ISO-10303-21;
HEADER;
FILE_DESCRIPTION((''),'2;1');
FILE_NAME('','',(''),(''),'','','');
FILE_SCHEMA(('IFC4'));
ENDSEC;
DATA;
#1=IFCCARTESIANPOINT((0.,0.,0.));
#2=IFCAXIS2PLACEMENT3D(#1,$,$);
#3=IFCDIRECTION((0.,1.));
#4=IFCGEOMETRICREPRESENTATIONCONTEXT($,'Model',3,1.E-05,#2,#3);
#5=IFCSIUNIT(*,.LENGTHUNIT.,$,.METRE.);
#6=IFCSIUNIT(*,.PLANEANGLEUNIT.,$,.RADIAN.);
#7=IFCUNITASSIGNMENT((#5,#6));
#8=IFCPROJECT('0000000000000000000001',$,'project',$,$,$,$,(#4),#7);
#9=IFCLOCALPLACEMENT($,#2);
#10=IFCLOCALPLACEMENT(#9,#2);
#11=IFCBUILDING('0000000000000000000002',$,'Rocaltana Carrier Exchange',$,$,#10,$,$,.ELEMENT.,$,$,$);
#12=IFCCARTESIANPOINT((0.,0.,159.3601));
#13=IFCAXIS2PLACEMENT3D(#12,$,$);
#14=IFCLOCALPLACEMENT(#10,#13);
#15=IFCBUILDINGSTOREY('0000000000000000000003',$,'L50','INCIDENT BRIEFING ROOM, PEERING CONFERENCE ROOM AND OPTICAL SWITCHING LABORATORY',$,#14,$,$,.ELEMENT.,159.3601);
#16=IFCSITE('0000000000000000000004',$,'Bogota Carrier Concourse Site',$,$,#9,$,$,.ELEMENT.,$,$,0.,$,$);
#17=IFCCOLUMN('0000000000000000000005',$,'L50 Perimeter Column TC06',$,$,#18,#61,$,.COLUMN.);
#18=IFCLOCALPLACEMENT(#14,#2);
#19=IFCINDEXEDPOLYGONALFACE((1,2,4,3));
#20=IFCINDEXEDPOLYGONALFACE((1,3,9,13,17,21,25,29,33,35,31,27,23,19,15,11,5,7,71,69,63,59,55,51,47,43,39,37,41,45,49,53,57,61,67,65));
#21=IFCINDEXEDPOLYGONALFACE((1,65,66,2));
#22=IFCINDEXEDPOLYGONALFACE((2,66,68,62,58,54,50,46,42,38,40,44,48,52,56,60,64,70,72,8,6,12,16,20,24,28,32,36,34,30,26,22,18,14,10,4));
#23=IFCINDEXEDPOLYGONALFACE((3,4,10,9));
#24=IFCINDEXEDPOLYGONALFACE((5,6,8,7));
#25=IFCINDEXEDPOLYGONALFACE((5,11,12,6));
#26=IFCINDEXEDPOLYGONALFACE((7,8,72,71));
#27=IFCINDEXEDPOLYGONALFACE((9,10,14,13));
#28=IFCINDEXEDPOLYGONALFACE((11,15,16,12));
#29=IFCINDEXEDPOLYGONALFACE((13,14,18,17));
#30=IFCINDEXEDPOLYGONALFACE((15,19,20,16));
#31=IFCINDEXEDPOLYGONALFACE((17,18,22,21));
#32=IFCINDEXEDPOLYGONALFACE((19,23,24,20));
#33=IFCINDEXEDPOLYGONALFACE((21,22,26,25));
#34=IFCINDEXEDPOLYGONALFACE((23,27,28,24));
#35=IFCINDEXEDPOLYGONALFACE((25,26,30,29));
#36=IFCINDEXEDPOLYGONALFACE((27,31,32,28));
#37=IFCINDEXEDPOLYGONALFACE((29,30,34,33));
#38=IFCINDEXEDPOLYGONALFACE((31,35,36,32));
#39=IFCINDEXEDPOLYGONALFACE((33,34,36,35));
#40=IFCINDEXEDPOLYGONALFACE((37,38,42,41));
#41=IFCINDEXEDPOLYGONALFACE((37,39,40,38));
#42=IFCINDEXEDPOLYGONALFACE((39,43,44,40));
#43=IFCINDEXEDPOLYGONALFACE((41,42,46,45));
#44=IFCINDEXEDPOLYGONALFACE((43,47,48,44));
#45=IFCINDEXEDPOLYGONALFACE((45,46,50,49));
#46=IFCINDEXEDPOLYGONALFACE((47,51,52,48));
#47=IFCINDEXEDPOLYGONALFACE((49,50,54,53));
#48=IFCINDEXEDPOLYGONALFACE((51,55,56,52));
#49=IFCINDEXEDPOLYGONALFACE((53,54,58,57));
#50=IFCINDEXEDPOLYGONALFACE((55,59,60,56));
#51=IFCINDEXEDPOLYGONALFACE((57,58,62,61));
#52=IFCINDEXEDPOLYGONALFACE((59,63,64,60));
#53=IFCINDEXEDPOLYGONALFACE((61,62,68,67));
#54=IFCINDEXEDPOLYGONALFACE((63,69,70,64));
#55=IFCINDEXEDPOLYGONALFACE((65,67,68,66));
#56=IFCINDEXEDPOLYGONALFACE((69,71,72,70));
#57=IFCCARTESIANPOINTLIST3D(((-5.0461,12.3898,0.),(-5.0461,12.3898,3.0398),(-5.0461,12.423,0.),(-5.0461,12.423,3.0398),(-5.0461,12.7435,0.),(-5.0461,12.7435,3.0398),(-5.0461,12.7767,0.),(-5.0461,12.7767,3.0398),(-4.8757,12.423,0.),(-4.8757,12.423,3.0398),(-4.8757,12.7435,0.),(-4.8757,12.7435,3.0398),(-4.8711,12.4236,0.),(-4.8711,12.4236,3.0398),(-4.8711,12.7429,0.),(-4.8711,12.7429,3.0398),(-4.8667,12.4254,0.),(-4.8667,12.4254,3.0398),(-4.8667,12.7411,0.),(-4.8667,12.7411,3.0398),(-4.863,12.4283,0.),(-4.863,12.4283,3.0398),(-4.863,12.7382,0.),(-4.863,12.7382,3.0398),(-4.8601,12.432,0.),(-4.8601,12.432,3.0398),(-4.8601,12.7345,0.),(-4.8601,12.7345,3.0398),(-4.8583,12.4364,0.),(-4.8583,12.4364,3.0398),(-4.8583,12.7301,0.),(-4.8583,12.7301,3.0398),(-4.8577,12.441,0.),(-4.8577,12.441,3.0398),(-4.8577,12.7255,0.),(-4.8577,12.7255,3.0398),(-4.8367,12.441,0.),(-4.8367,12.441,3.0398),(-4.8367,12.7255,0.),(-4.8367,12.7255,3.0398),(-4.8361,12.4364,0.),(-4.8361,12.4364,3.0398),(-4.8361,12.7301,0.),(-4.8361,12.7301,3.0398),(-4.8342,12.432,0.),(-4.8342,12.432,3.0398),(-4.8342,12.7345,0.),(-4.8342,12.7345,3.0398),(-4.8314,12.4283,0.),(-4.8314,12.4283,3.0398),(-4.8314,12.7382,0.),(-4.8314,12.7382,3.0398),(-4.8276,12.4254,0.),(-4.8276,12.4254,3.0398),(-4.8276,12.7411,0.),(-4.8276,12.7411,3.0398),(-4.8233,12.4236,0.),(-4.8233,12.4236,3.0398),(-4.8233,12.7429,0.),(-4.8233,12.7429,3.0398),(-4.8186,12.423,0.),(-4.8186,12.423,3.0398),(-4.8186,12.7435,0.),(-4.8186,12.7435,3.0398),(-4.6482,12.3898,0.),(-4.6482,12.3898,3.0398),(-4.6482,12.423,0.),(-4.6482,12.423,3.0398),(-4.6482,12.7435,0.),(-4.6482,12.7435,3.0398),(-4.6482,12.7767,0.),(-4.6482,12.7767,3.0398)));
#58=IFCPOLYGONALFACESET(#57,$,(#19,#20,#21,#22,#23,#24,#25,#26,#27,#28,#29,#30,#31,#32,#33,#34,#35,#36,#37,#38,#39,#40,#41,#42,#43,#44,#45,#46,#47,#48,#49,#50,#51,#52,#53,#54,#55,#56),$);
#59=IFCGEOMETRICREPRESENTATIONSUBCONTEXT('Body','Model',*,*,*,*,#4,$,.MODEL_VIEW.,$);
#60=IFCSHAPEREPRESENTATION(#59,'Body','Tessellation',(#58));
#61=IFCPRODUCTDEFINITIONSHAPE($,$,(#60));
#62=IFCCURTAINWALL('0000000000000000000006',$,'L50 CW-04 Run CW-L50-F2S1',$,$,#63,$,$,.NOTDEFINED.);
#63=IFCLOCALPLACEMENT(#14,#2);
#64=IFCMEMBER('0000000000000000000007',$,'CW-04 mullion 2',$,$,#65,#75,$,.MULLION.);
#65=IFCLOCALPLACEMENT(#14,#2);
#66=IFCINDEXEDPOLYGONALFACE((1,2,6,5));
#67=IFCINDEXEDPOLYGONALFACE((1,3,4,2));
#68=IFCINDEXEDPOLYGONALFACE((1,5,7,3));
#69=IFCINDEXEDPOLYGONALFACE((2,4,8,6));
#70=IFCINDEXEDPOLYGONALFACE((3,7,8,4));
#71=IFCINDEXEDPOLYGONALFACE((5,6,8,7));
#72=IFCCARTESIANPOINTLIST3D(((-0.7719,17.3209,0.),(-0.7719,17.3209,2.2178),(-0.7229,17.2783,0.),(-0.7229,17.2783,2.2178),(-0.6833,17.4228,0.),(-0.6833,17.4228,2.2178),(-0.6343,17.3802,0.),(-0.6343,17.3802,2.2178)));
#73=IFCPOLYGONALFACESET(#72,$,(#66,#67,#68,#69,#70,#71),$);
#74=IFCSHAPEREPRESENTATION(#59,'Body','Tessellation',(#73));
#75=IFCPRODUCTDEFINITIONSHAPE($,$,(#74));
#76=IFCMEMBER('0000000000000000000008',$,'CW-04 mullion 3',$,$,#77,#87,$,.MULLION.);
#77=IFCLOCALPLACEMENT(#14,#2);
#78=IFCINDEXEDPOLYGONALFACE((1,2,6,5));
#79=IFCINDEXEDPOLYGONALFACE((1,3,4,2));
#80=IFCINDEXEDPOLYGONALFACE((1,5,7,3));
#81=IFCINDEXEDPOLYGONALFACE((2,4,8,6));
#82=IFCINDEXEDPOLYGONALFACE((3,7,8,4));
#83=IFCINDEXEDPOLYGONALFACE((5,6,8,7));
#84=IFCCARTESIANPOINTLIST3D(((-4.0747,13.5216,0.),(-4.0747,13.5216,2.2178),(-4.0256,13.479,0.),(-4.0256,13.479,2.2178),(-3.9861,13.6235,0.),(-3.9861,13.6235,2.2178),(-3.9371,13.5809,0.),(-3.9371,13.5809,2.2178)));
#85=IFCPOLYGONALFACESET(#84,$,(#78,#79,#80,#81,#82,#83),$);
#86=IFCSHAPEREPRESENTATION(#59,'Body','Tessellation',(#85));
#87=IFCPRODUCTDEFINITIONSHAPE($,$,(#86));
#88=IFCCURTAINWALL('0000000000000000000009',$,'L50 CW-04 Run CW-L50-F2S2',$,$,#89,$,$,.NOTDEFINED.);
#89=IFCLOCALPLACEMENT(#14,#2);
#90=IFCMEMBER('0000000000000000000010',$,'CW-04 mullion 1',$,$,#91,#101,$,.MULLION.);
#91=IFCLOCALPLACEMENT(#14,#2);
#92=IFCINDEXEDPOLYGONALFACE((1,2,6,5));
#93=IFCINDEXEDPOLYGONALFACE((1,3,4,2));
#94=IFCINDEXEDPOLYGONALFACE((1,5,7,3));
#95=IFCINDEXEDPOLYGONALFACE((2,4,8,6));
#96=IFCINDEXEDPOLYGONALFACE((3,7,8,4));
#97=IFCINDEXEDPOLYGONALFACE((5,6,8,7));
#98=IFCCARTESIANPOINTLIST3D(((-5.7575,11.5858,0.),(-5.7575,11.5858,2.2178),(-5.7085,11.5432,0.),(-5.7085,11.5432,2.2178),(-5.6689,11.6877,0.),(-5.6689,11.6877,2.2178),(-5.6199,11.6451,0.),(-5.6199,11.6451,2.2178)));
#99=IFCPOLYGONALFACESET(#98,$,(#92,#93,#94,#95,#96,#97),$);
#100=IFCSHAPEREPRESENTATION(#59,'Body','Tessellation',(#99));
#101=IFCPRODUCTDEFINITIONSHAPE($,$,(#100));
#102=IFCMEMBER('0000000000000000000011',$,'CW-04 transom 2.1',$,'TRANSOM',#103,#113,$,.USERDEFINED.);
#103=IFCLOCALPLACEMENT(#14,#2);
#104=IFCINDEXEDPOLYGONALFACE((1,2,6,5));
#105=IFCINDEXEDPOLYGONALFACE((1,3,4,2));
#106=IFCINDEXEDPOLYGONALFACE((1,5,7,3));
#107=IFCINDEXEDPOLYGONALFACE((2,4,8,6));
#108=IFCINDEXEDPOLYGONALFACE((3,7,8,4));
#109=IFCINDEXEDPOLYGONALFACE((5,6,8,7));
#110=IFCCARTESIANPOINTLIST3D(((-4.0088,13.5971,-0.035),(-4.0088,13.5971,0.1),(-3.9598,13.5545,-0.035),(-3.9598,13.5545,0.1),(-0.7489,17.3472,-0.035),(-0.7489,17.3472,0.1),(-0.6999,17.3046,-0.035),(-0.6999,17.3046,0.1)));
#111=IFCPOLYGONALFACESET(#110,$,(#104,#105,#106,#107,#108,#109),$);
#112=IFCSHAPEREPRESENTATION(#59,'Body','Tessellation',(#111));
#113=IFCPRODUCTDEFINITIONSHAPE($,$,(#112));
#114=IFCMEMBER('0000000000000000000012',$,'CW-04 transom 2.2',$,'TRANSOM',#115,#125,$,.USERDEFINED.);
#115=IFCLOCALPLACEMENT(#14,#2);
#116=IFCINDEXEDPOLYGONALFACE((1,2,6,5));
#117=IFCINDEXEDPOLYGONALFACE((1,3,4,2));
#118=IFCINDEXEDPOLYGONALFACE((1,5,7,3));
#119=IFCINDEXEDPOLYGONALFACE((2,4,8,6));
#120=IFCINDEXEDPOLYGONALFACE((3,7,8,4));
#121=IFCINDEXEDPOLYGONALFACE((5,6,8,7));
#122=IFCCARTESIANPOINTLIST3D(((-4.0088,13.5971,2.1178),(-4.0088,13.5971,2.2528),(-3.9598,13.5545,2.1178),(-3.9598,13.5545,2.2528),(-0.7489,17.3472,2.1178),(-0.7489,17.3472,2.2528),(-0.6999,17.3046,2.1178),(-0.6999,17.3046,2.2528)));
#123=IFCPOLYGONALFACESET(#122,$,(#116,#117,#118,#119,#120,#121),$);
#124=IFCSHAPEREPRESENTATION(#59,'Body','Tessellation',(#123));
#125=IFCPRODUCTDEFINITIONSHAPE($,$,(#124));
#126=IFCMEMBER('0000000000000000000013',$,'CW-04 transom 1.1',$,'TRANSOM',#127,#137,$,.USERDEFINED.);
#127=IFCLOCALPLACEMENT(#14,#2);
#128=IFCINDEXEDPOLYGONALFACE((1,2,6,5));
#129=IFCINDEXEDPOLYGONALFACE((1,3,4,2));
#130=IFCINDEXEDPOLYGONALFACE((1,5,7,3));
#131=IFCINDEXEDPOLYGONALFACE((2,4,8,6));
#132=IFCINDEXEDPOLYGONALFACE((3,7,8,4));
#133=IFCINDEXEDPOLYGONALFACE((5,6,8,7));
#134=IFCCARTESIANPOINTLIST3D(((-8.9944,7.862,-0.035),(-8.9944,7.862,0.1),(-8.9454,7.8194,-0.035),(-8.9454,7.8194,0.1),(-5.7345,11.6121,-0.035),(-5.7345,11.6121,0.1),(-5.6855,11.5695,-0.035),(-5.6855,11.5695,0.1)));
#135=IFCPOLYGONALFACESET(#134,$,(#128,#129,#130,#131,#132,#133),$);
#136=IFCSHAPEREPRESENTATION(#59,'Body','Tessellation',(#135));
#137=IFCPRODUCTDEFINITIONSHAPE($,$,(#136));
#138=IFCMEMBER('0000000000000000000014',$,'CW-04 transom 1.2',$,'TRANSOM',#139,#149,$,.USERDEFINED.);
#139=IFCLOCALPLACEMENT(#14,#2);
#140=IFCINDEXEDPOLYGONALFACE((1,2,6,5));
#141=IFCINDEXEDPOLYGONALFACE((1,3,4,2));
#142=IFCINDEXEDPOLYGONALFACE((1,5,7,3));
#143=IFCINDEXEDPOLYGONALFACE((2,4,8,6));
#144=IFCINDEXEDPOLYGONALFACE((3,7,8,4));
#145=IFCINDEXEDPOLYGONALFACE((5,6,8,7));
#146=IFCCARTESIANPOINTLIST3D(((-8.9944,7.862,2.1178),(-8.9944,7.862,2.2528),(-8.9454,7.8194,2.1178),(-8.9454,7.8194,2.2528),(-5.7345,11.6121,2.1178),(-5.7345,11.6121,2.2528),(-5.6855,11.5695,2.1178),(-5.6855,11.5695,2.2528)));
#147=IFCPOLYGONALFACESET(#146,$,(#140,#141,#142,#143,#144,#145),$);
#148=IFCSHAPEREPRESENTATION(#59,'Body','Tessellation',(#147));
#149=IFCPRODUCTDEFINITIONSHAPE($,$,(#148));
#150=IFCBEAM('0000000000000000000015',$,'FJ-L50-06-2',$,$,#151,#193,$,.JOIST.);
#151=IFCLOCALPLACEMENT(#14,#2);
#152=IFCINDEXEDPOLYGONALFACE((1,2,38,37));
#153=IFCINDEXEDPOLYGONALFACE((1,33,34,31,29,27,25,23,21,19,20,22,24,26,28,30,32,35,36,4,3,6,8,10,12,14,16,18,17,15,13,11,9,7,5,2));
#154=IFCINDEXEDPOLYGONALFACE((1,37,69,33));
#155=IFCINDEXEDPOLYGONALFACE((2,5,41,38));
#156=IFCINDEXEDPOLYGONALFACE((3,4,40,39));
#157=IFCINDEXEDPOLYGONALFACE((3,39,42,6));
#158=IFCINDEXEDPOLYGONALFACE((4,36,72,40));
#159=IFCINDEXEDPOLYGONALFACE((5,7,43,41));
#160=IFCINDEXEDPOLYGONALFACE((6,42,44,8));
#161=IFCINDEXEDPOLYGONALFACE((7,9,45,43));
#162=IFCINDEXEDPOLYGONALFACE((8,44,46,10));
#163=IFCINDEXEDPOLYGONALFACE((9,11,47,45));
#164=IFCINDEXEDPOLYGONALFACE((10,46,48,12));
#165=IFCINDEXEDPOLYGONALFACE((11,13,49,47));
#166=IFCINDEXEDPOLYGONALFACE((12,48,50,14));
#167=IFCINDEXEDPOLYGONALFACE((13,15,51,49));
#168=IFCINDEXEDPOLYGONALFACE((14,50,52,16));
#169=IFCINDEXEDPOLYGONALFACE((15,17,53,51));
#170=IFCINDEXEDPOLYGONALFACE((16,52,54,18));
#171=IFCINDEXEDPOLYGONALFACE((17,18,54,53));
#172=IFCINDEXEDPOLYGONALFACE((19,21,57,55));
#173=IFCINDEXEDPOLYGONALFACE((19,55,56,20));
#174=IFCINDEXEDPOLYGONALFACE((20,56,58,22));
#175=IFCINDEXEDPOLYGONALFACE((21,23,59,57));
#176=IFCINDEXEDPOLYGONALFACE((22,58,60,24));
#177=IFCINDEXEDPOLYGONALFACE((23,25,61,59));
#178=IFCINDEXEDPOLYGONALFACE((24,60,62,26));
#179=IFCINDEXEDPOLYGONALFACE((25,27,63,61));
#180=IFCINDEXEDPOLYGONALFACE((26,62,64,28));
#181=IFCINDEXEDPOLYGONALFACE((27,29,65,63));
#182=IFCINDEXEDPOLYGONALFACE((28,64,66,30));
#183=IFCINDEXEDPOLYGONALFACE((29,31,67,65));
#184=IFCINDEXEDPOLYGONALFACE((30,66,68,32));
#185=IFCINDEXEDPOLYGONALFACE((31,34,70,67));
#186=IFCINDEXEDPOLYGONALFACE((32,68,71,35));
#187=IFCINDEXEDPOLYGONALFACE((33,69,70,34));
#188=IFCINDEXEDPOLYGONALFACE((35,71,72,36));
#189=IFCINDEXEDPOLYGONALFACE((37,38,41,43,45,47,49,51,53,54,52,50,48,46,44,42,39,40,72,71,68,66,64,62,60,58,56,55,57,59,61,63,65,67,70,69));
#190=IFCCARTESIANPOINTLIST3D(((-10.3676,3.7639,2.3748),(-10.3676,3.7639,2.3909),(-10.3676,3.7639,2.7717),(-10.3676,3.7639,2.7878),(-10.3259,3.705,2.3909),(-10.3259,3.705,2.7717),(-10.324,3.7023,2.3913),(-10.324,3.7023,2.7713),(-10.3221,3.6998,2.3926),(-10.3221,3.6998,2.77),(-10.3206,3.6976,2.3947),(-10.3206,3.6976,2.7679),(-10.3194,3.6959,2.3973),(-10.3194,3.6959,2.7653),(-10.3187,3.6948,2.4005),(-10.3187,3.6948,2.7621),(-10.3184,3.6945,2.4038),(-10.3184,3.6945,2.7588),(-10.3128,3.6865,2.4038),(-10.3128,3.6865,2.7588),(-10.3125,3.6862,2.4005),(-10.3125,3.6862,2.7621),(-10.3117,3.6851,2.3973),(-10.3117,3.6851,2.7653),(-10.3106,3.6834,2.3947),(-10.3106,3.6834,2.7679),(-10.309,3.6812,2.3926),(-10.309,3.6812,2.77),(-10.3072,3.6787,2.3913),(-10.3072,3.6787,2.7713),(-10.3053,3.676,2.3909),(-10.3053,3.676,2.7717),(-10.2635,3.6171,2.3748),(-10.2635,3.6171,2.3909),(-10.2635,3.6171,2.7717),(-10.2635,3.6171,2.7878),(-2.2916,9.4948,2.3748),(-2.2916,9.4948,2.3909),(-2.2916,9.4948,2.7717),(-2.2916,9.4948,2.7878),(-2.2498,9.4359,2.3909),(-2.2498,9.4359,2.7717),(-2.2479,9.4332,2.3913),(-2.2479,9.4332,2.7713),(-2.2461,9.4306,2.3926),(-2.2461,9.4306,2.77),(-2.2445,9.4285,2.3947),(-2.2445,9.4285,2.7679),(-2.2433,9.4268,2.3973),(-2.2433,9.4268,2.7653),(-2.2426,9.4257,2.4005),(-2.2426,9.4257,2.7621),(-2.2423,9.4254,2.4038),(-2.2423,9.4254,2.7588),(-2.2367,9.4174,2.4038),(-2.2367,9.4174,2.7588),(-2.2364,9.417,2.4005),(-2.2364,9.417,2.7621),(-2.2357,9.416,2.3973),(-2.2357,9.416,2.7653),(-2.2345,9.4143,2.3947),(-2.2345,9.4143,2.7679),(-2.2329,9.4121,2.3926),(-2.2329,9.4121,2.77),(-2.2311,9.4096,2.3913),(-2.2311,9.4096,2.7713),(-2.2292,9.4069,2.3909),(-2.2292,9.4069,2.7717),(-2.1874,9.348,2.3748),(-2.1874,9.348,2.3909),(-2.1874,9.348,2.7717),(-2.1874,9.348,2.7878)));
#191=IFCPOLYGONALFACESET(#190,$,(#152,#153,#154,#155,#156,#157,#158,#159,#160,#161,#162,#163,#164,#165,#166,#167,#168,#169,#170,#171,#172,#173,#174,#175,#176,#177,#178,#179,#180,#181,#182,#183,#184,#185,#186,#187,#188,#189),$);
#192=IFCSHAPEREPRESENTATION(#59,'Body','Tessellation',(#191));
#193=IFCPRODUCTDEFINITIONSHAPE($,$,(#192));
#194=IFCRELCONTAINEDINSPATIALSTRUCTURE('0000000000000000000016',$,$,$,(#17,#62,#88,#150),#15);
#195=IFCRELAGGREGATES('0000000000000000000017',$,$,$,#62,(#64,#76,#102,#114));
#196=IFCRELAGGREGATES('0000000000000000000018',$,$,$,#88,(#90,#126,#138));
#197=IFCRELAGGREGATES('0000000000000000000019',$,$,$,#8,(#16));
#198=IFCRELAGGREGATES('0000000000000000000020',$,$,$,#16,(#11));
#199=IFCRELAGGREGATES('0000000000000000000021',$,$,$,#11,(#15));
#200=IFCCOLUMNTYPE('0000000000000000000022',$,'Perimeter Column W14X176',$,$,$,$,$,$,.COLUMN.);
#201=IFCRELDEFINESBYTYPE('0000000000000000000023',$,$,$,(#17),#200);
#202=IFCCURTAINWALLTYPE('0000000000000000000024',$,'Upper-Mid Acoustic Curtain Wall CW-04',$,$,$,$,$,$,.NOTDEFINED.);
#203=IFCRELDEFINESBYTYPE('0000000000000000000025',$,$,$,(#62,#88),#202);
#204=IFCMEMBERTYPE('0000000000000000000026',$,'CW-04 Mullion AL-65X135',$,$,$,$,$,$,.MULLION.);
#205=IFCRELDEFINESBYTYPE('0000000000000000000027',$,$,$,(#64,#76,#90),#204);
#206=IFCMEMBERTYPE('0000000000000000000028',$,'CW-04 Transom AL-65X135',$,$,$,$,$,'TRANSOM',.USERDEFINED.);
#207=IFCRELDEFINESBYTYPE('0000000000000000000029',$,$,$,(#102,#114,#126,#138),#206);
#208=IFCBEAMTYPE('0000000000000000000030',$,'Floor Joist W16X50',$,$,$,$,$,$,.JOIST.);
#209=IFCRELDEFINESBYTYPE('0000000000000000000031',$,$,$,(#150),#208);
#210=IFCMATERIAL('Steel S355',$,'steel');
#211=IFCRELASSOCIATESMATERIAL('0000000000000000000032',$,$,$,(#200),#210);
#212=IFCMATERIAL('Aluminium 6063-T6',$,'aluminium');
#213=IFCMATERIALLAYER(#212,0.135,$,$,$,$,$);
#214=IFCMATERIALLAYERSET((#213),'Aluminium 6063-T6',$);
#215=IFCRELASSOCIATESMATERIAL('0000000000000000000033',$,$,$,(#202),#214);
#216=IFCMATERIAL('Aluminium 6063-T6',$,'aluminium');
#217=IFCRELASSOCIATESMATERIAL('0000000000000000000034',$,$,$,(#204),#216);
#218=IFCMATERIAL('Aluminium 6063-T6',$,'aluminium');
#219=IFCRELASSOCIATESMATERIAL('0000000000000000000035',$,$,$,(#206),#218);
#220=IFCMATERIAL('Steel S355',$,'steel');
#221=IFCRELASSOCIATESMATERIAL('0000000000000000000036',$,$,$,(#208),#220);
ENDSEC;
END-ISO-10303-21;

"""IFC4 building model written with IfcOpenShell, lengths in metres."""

from ifc_helpers import new_model, si_unit, direction, frame, origin, origin_2d, place, context, subcontext, project, spatial, rectangle, i_section, extrude, material, layer, layer_set, material_profile, profile_set, type_object, element, aggregate, save


model = new_model("IFC4")

# Units and contexts
model_context = context("Model", 3, precision=1e-05, world=origin(), true_north=direction((0.0, 1.0)))
body_context = subcontext(model_context, "Body", "Model", "MODEL_VIEW")
ifc_project = project(units=[si_unit("LENGTHUNIT", "METRE"), si_unit("PLANEANGLEUNIT", "RADIAN")], contexts=[model_context])

# Site, building, storey
site_placement = place(None, origin())
site = spatial("IfcSite", under=ifc_project, at=site_placement, Name="Bogota Carrier Concourse Site", CompositionType="ELEMENT", RefElevation=0.0)
building_placement = place(site_placement, origin())
building = spatial("IfcBuilding", under=site, at=building_placement, Name="Rocaltana Carrier Exchange", CompositionType="ELEMENT")
storey_placement = place(building_placement, frame((0.0, 0.0, 159.3601)))
storey = spatial("IfcBuildingStorey", under=building, at=storey_placement, Name="L50", Description="INCIDENT BRIEFING ROOM, PEERING CONFERENCE ROOM AND OPTICAL SWITCHING LABORATORY", CompositionType="ELEMENT", Elevation=159.3601)

# Column
ifc_material_1 = material(Name="Steel S355", Category="steel")
ifc_material_profile_1 = material_profile(ifc_material_1, i_section(OverallWidth=0.3979, OverallDepth=0.387, WebThickness=0.021, FlangeThickness=0.0332, FilletRadius=0.0181, at=origin_2d()), Name="W14X176")
ifc_profile_set_1 = profile_set([ifc_material_profile_1], Name="Steel S355")
column_type = type_object("IfcColumnType", Name="Perimeter Column W14X176", PredefinedType="COLUMN", material=ifc_profile_set_1)
column_placement = place(storey_placement, frame((-4.8472, 12.5833, 0.0), z_axis=(0.0, 0.0, 1.0), x_axis=(1.0, 0.0, 0.0)))
element("IfcColumn", 1, at=column_placement, inside=storey, type_object=column_type, Name="L50 Perimeter Column TC06", PredefinedType="COLUMN", context=body_context, shape_type="SweptSolid", body=[
    extrude(i_section(OverallWidth=0.3979, OverallDepth=0.387, WebThickness=0.021, FlangeThickness=0.0332, FilletRadius=0.0181, at=origin_2d()), origin(), (0.0, 0.0, 1.0), 3.0398),
])

# Curtain wall, members
ifc_material_2 = material(Name="Aluminium 6063-T6", Category="aluminium")
ifc_layer_1 = layer(ifc_material_2, 0.135)
ifc_layer_set_1 = layer_set([ifc_layer_1], Name="Aluminium 6063-T6")
curtain_wall_type = type_object("IfcCurtainWallType", Name="Upper-Mid Acoustic Curtain Wall CW-04", PredefinedType="NOTDEFINED", material=ifc_layer_set_1)
curtain_wall_1_placement = place(storey_placement, origin())
curtain_wall_1 = element("IfcCurtainWall", 2, at=curtain_wall_1_placement, inside=storey, type_object=curtain_wall_type, Name="L50 CW-04 Run CW-L50-F2S1", PredefinedType="NOTDEFINED")
ifc_material_3 = material(Name="Aluminium 6063-T6", Category="aluminium")
ifc_material_profile_2 = material_profile(ifc_material_3, rectangle(XDim=0.0649, YDim=0.135, at=origin_2d()), Name="AL-65X135")
ifc_profile_set_2 = profile_set([ifc_material_profile_2], Name="Aluminium 6063-T6")
member_type_1 = type_object("IfcMemberType", Name="CW-04 Mullion AL-65X135", PredefinedType="MULLION", material=ifc_profile_set_2)
member_1_placement = place(storey_placement, frame((-0.7031, 17.3506, 0.0), z_axis=(0.0, 0.0, 1.0), x_axis=(0.754712, -0.656057, 0.0)))
member_1 = element("IfcMember", 3, at=member_1_placement, type_object=member_type_1, Name="CW-04 mullion 2", PredefinedType="MULLION", context=body_context, shape_type="SweptSolid", body=[
    extrude(rectangle(XDim=0.0649, YDim=0.135, at=origin_2d()), origin(), (0.0, 0.0, 1.0), 2.2178),
])
member_2_placement = place(storey_placement, frame((-4.0059, 13.5513, 0.0), z_axis=(0.0, 0.0, 1.0), x_axis=(0.754712, -0.656057, 0.0)))
member_2 = element("IfcMember", 4, at=member_2_placement, type_object=member_type_1, Name="CW-04 mullion 3", PredefinedType="MULLION", context=body_context, shape_type="SweptSolid", body=[
    extrude(rectangle(XDim=0.0649, YDim=0.135, at=origin_2d()), origin(), (0.0, 0.0, 1.0), 2.2178),
])

# Curtain wall, member
curtain_wall_2_placement = place(storey_placement, origin())
curtain_wall_2 = element("IfcCurtainWall", 5, at=curtain_wall_2_placement, inside=storey, type_object=curtain_wall_type, Name="L50 CW-04 Run CW-L50-F2S2", PredefinedType="NOTDEFINED")
member_3_placement = place(storey_placement, frame((-5.6887, 11.6155, 0.0), z_axis=(0.0, 0.0, 1.0), x_axis=(0.754712, -0.656057, 0.0)))
member_3 = element("IfcMember", 6, at=member_3_placement, type_object=member_type_1, Name="CW-04 mullion 1", PredefinedType="MULLION", context=body_context, shape_type="SweptSolid", body=[
    extrude(rectangle(XDim=0.0649, YDim=0.135, at=origin_2d()), origin(), (0.0, 0.0, 1.0), 2.2178),
])

# Members
ifc_material_4 = material(Name="Aluminium 6063-T6", Category="aluminium")
ifc_material_profile_3 = material_profile(ifc_material_4, rectangle(XDim=0.0649, YDim=0.135, at=origin_2d()), Name="AL-65X135")
ifc_profile_set_3 = profile_set([ifc_material_profile_3], Name="Aluminium 6063-T6")
member_type_2 = type_object("IfcMemberType", Name="CW-04 Transom AL-65X135", ElementType="TRANSOM", PredefinedType="USERDEFINED", material=ifc_profile_set_3)
member_4_placement = place(storey_placement, frame((-0.7244, 17.3259, 0.0325), z_axis=(-0.656056, -0.754712, 0.0), x_axis=(0.754712, -0.656056, 0.0)))
member_4 = element("IfcMember", 7, at=member_4_placement, type_object=member_type_2, Name="CW-04 transom 2.1", ObjectType="TRANSOM", PredefinedType="USERDEFINED", context=body_context, shape_type="SweptSolid", body=[
    extrude(rectangle(XDim=0.0649, YDim=0.135, at=origin_2d()), origin(), (0.0, 0.0, 1.0), 4.969),
])
member_5_placement = place(storey_placement, frame((-0.7244, 17.3259, 2.1853), z_axis=(-0.656056, -0.754712, 0.0), x_axis=(0.754712, -0.656056, 0.0)))
member_5 = element("IfcMember", 8, at=member_5_placement, type_object=member_type_2, Name="CW-04 transom 2.2", ObjectType="TRANSOM", PredefinedType="USERDEFINED", context=body_context, shape_type="SweptSolid", body=[
    extrude(rectangle(XDim=0.0649, YDim=0.135, at=origin_2d()), origin(), (0.0, 0.0, 1.0), 4.969),
])
member_6_placement = place(storey_placement, frame((-5.71, 11.5908, 0.0325), z_axis=(-0.656056, -0.754712, 0.0), x_axis=(0.754712, -0.656056, 0.0)))
member_6 = element("IfcMember", 9, at=member_6_placement, type_object=member_type_2, Name="CW-04 transom 1.1", ObjectType="TRANSOM", PredefinedType="USERDEFINED", context=body_context, shape_type="SweptSolid", body=[
    extrude(rectangle(XDim=0.0649, YDim=0.135, at=origin_2d()), origin(), (0.0, 0.0, 1.0), 4.969),
])
member_7_placement = place(storey_placement, frame((-5.71, 11.5908, 2.1853), z_axis=(-0.656056, -0.754712, 0.0), x_axis=(0.754712, -0.656056, 0.0)))
member_7 = element("IfcMember", 10, at=member_7_placement, type_object=member_type_2, Name="CW-04 transom 1.2", ObjectType="TRANSOM", PredefinedType="USERDEFINED", context=body_context, shape_type="SweptSolid", body=[
    extrude(rectangle(XDim=0.0649, YDim=0.135, at=origin_2d()), origin(), (0.0, 0.0, 1.0), 4.969),
])

# Beam
ifc_material_5 = material(Name="Steel S355", Category="steel")
ifc_material_profile_4 = material_profile(ifc_material_5, i_section(OverallWidth=0.1799, OverallDepth=0.4131, WebThickness=0.0098, FlangeThickness=0.0161, FilletRadius=0.0129, at=origin_2d()), Name="W16X50")
ifc_profile_set_4 = profile_set([ifc_material_profile_4], Name="Steel S355")
beam_type_1 = type_object("IfcBeamType", Name="Floor Joist W16X50", PredefinedType="JOIST", material=ifc_profile_set_4)
beam_1_placement = place(storey_placement, frame((-2.2395, 9.4214, 2.5813), z_axis=(-0.815532, -0.578712, 0.0), x_axis=(0.578712, -0.815532, 0.0)))
element("IfcBeam", 11, at=beam_1_placement, inside=storey, type_object=beam_type_1, Name="FJ-L50-06-2", PredefinedType="JOIST", context=body_context, shape_type="SweptSolid", body=[
    extrude(i_section(OverallWidth=0.1799, OverallDepth=0.4131, WebThickness=0.0098, FlangeThickness=0.0161, FilletRadius=0.0129, at=origin_2d()), origin(), (0.0, 0.0, 1.0), 9.9028),
])

aggregate(curtain_wall_1, [member_1, member_2, member_4, member_5])
aggregate(curtain_wall_2, [member_3, member_6, member_7])

save(model, "model.ifc")
